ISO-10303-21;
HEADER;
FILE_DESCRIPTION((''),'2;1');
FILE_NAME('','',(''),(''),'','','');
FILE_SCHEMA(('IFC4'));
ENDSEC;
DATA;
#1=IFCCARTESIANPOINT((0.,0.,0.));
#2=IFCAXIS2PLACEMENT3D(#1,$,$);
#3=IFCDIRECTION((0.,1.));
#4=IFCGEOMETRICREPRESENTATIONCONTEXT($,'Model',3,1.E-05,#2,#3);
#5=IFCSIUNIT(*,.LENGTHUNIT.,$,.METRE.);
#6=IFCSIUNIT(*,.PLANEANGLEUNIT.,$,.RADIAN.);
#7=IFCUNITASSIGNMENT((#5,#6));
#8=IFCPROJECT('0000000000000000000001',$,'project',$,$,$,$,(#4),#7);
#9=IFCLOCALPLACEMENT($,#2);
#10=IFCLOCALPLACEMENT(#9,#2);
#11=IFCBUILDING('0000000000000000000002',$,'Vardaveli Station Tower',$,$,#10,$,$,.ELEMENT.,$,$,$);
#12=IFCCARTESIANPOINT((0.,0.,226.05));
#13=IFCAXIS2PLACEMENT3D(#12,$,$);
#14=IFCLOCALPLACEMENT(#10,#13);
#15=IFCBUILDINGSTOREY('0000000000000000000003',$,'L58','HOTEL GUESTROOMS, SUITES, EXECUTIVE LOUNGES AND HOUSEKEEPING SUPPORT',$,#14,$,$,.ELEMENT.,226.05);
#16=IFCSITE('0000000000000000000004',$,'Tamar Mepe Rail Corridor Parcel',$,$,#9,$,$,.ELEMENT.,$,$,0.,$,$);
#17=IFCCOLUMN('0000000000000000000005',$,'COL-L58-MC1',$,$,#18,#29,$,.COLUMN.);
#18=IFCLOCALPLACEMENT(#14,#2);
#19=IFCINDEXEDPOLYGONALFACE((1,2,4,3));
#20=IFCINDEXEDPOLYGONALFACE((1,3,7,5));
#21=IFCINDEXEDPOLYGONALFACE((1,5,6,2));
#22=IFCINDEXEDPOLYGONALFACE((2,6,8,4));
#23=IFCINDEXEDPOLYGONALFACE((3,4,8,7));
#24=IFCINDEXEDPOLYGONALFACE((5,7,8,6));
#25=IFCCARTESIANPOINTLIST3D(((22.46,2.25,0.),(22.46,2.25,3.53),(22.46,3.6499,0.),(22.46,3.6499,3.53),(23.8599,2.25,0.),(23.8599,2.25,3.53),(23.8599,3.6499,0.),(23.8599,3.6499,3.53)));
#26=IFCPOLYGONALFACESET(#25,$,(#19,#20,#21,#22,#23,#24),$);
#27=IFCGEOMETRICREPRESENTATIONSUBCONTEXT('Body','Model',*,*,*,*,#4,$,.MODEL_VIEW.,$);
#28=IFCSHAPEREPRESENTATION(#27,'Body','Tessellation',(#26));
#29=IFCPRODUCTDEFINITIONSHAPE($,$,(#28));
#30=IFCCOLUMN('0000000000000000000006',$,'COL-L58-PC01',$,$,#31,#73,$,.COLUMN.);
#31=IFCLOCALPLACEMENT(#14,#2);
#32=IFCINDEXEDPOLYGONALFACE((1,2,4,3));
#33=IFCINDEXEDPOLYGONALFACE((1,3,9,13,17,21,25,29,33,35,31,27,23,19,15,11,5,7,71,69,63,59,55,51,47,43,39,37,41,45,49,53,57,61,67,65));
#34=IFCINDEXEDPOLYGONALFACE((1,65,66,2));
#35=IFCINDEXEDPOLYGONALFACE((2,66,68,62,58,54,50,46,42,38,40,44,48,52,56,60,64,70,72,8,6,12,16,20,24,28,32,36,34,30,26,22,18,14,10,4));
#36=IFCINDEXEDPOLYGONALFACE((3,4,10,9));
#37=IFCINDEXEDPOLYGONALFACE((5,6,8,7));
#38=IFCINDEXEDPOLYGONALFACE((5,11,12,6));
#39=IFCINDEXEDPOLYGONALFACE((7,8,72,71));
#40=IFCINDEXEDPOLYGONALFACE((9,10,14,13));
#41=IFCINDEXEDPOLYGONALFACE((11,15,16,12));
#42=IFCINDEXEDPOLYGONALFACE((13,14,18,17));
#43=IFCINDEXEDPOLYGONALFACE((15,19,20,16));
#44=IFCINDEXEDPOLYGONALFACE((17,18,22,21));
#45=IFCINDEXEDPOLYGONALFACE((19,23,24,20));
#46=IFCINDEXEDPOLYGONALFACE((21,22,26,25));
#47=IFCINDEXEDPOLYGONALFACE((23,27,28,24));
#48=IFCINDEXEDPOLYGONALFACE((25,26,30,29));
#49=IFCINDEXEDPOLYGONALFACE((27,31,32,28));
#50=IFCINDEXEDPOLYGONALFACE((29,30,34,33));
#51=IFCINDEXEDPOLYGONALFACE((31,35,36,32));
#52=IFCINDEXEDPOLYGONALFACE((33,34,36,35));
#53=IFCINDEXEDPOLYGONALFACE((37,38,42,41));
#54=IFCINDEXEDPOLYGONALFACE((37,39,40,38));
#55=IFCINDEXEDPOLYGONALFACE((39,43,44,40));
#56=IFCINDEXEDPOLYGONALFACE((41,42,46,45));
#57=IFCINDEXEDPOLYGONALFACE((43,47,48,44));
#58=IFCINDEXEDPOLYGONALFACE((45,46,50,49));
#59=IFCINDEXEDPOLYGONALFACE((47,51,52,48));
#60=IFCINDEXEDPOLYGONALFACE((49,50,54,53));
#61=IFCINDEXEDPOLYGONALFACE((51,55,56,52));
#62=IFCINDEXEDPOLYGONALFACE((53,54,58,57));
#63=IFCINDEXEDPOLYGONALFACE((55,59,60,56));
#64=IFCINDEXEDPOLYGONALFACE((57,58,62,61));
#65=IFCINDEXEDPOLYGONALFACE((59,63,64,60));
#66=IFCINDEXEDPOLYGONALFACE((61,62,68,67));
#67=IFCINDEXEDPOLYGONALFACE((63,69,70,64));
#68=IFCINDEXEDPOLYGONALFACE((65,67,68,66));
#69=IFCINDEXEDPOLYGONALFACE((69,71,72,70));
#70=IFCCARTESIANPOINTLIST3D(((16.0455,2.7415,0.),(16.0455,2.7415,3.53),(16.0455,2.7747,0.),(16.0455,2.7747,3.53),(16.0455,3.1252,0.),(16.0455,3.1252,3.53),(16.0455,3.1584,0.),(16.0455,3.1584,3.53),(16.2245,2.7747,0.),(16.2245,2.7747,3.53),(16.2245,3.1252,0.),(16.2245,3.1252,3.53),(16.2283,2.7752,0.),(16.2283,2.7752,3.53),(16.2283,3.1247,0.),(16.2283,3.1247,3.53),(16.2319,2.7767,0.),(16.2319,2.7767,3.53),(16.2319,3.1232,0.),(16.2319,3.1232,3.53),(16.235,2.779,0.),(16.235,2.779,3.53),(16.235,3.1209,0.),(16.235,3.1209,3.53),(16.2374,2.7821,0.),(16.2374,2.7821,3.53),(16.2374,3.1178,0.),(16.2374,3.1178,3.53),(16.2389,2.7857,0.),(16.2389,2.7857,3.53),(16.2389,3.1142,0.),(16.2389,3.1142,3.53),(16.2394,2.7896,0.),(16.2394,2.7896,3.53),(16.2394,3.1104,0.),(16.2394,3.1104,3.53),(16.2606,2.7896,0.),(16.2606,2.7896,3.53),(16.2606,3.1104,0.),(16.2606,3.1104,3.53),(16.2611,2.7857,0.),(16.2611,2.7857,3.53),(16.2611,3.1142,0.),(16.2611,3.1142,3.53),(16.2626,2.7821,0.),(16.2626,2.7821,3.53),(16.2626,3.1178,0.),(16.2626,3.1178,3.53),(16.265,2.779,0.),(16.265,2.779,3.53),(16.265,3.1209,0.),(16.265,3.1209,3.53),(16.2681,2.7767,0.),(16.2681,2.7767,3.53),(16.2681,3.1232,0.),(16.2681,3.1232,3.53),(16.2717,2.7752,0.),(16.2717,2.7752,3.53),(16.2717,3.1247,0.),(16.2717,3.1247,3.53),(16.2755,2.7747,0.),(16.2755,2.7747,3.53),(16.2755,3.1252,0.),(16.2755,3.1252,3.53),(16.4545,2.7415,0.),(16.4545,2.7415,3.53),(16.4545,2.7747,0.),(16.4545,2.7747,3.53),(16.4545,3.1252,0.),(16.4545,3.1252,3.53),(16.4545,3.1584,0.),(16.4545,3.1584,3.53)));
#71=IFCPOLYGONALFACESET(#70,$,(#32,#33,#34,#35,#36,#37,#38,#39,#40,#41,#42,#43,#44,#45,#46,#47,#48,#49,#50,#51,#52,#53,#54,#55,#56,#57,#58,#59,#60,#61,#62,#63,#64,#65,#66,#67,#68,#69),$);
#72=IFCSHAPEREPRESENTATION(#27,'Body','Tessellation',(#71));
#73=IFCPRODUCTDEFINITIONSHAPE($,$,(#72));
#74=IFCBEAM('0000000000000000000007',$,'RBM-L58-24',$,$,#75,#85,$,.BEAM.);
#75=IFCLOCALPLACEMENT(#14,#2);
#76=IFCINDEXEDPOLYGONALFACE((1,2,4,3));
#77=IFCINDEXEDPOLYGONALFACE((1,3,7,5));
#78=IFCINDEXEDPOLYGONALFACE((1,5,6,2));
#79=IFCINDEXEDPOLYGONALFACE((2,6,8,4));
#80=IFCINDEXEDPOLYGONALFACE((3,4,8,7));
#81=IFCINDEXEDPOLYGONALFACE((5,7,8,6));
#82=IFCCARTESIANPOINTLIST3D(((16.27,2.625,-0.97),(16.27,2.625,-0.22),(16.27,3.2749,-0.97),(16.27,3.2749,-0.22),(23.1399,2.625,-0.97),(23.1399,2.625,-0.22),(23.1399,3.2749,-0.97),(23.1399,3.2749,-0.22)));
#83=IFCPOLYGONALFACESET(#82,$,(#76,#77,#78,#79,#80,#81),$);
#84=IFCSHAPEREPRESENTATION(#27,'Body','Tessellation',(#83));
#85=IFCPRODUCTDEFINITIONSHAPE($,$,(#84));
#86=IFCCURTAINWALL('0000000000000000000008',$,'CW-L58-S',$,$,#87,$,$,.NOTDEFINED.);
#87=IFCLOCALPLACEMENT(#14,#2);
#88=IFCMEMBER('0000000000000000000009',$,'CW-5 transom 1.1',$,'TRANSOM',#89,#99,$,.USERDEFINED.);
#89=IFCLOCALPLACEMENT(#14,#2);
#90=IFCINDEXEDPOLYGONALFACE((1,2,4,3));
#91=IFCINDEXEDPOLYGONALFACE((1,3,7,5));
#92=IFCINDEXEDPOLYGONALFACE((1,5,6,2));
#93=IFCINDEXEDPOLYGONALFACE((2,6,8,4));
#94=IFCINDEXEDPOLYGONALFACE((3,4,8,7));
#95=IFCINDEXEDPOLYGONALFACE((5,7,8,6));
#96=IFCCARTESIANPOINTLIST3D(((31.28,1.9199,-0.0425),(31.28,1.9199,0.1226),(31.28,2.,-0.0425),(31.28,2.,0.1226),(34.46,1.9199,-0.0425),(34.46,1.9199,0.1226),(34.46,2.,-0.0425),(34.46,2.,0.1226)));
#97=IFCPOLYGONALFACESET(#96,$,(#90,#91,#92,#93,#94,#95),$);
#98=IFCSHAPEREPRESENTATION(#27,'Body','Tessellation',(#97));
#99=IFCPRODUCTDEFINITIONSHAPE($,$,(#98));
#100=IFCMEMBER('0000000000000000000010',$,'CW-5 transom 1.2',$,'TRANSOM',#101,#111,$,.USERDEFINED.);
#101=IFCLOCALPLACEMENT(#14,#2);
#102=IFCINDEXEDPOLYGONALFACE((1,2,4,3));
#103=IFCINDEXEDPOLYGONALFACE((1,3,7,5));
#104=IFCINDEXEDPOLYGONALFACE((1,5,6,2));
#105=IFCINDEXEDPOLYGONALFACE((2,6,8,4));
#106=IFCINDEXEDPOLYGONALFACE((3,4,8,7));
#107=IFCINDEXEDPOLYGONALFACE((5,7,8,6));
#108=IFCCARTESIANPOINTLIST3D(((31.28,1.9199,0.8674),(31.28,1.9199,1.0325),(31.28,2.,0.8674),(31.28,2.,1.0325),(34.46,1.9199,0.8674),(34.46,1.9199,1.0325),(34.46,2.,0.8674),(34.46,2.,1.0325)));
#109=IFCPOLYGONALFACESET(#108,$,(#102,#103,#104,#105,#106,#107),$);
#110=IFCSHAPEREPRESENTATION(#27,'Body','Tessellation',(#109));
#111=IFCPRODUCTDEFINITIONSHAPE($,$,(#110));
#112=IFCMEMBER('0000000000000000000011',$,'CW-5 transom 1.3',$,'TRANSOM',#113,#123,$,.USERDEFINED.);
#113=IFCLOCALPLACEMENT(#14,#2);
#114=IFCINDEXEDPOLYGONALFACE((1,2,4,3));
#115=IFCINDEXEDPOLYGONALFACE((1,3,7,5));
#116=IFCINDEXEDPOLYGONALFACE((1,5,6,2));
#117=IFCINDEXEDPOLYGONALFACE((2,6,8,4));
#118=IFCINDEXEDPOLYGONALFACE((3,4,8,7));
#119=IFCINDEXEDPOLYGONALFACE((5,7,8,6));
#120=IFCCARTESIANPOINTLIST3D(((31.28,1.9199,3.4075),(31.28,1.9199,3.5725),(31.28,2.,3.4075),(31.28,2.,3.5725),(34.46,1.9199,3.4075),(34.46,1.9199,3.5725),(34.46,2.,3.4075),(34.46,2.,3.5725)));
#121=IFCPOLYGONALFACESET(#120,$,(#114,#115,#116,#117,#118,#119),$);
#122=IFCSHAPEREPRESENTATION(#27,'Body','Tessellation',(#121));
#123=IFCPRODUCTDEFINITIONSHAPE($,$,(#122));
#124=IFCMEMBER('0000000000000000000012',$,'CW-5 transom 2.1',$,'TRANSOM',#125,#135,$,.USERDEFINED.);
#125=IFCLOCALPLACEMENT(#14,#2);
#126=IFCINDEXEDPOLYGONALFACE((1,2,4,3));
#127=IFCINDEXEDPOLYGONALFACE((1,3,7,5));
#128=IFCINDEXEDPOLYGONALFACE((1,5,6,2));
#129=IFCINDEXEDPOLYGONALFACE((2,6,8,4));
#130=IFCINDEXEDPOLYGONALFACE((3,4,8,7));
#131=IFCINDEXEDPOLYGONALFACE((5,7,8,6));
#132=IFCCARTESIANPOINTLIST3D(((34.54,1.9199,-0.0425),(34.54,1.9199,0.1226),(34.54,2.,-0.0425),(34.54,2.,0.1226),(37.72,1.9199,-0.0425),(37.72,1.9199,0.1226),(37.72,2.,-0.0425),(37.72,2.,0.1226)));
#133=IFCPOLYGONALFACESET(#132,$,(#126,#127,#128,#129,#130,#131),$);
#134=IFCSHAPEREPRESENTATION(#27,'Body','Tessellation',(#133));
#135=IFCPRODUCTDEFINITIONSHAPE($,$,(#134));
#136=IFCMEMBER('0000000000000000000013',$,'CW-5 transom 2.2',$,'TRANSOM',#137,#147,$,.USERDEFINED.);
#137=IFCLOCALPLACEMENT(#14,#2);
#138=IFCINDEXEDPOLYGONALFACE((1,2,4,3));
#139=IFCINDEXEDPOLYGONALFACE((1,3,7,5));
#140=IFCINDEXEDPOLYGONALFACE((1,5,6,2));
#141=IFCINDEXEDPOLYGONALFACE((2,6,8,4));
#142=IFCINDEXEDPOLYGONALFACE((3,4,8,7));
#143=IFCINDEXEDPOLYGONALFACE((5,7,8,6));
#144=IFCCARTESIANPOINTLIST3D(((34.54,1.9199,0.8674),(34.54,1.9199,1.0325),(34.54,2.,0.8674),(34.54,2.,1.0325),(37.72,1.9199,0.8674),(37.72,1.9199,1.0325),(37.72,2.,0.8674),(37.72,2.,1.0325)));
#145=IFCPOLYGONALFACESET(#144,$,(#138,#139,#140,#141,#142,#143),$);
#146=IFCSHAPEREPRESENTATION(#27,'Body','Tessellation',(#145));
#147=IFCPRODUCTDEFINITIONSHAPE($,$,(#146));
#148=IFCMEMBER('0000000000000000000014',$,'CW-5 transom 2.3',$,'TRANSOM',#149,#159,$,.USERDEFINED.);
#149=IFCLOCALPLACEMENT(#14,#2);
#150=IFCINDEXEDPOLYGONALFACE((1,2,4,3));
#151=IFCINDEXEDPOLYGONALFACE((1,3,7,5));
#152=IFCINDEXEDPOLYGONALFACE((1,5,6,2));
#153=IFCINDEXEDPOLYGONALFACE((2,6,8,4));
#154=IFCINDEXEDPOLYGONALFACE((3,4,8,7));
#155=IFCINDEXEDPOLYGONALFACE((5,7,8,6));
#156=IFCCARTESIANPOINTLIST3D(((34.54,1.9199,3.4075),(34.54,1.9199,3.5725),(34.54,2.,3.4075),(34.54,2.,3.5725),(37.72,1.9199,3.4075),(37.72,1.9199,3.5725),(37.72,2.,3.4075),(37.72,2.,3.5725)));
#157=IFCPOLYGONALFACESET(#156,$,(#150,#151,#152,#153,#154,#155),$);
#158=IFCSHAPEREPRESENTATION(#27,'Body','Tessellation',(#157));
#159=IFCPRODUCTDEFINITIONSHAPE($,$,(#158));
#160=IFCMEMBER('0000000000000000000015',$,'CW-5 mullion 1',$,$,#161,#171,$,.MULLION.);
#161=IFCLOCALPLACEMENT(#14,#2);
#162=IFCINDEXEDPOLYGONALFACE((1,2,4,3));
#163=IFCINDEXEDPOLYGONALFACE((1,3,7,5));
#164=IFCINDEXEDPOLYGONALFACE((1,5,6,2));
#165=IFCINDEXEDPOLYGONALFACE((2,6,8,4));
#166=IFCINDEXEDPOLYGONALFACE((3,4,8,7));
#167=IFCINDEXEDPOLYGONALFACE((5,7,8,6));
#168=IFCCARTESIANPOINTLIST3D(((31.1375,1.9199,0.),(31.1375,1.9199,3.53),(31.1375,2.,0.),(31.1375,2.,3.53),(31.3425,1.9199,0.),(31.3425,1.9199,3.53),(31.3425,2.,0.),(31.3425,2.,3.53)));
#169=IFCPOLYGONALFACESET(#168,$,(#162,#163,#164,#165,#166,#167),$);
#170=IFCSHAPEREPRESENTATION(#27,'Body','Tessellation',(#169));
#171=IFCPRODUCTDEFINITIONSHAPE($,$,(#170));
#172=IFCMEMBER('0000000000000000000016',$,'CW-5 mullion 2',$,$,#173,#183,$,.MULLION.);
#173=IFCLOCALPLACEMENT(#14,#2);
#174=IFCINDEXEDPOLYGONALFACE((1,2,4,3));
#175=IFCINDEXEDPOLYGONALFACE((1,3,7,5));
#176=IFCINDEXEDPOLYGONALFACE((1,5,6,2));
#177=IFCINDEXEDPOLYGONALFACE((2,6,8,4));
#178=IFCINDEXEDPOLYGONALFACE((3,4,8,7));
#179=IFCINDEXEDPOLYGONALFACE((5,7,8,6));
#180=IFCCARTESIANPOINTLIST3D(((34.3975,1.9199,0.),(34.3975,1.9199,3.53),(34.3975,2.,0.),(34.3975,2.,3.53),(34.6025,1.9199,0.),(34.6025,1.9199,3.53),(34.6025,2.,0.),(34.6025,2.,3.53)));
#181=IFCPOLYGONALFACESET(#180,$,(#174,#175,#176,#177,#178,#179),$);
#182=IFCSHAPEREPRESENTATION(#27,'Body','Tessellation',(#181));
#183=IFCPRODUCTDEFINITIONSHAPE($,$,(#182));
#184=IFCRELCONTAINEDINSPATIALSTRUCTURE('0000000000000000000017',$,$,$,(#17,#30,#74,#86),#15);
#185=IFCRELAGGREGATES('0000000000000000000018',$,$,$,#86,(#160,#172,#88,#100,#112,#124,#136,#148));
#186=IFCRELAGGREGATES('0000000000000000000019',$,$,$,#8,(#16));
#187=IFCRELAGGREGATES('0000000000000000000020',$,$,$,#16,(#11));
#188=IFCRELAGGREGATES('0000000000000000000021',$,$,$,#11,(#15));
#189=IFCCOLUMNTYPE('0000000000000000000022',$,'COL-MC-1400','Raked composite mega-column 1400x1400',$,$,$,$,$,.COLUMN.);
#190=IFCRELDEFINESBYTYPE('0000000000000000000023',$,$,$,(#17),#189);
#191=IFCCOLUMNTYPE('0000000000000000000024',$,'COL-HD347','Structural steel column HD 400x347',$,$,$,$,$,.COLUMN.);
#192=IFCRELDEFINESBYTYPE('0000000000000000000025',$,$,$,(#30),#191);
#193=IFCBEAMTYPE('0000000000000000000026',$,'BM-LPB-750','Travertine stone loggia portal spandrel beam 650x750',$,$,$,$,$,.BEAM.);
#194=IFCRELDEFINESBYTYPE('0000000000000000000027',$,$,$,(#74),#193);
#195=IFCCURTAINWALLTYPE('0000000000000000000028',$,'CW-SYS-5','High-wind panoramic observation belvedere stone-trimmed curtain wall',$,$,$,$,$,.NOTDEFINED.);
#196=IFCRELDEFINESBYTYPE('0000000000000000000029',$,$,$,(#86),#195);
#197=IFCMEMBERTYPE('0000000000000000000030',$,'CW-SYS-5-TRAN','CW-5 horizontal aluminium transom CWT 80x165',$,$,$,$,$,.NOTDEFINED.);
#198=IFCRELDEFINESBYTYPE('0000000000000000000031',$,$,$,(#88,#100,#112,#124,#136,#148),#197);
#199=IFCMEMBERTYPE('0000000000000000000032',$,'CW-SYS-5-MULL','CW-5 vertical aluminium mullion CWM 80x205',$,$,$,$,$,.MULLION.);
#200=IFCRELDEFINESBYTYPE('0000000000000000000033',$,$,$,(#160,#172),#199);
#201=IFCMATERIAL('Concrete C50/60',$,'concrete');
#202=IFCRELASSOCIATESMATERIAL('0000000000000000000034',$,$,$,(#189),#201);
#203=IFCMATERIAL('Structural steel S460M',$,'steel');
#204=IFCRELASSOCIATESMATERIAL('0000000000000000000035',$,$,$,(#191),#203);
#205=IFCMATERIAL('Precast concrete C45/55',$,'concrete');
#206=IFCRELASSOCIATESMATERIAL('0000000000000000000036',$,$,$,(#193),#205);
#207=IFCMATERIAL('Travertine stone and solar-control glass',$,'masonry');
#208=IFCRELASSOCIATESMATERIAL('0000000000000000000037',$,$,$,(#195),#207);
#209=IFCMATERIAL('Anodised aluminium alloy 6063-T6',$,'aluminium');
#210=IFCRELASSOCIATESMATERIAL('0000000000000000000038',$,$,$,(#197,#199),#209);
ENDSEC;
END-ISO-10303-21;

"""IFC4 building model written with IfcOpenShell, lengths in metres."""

from ifc_helpers import new_model, si_unit, direction, frame, origin, origin_2d, place, context, subcontext, project, spatial, rectangle, i_section, extrude, source, transform, mapped, material, material_profile, profile_set, type_object, element, aggregate, save


model = new_model("IFC4")

# Units and contexts
model_context = context("Model", 3, precision=1e-05, world=origin(), true_north=direction((0.0, 1.0)))
body_context = subcontext(model_context, "Body", "Model", "MODEL_VIEW")
ifc_project = project(units=[si_unit("LENGTHUNIT", "METRE"), si_unit("PLANEANGLEUNIT", "RADIAN")], contexts=[model_context])

# Site, building, storey
site_placement = place(None, origin())
site = spatial("IfcSite", under=ifc_project, at=site_placement, Name="Tamar Mepe Rail Corridor Parcel", CompositionType="ELEMENT", RefElevation=0.0)
building_placement = place(site_placement, origin())
building = spatial("IfcBuilding", under=site, at=building_placement, Name="Vardaveli Station Tower", CompositionType="ELEMENT")
storey_placement = place(building_placement, frame((0.0, 0.0, 226.05)))
storey = spatial("IfcBuildingStorey", under=building, at=storey_placement, Name="L58", Description="HOTEL GUESTROOMS, SUITES, EXECUTIVE LOUNGES AND HOUSEKEEPING SUPPORT", CompositionType="ELEMENT", Elevation=226.05)

# Columns
ifc_material_1 = material(Name="Concrete C50/60", Category="concrete")
ifc_material_profile_1 = material_profile(ifc_material_1, rectangle(XDim=1.3999, YDim=1.3999, at=origin_2d()), Name="MC 1400x1400")
ifc_profile_set_1 = profile_set([ifc_material_profile_1], Name="Concrete C50/60")
column_type_1 = type_object("IfcColumnType", Name="COL-MC-1400", Description="Raked composite mega-column 1400x1400", PredefinedType="COLUMN", material=ifc_profile_set_1)
shared_shape_1 = source(origin(), body_context, "Body", "SweptSolid", [
    extrude(rectangle(XDim=1.3999, YDim=1.3999, at=origin_2d()), origin(), (0.0, 0.0, 1.0), 3.53),
])
column_1_placement = place(storey_placement, frame((23.1599, 2.95, 0.0), z_axis=(0.0, 0.0, 1.0), x_axis=(1.0, 0.0, 0.0)))
element("IfcColumn", 1, at=column_1_placement, inside=storey, type_object=column_type_1, Name="COL-L58-MC1", PredefinedType="COLUMN", context=body_context, shape_type="MappedRepresentation", body=[
    mapped(shared_shape_1, transform((0.0, 0.0, 0.0), scale=1.0)),
])
ifc_material_2 = material(Name="Structural steel S460M", Category="steel")
ifc_material_profile_2 = material_profile(ifc_material_2, i_section(OverallWidth=0.4089, OverallDepth=0.417, WebThickness=0.0212, FlangeThickness=0.0332, FilletRadius=0.0149, at=origin_2d()), Name="HD 400x347")
ifc_profile_set_2 = profile_set([ifc_material_profile_2], Name="Structural steel S460M")
column_type_2 = type_object("IfcColumnType", Name="COL-HD347", Description="Structural steel column HD 400x347", PredefinedType="COLUMN", material=ifc_profile_set_2)
shared_shape_2 = source(origin(), body_context, "Body", "SweptSolid", [
    extrude(i_section(OverallWidth=0.4089, OverallDepth=0.417, WebThickness=0.0212, FlangeThickness=0.0332, FilletRadius=0.0149, at=origin_2d()), origin(), (0.0, 0.0, 1.0), 3.53),
])
column_2_placement = place(storey_placement, frame((16.25, 2.95, 0.0), z_axis=(0.0, 0.0, 1.0), x_axis=(1.0, 0.0, 0.0)))
element("IfcColumn", 2, at=column_2_placement, inside=storey, type_object=column_type_2, Name="COL-L58-PC01", PredefinedType="COLUMN", context=body_context, shape_type="MappedRepresentation", body=[
    mapped(shared_shape_2, transform((0.0, 0.0, 0.0), scale=1.0)),
])

# Beam
ifc_material_3 = material(Name="Precast concrete C45/55", Category="concrete")
ifc_material_profile_3 = material_profile(ifc_material_3, rectangle(XDim=0.6499, YDim=0.75, at=origin_2d()), Name="LPB 650x750")
ifc_profile_set_3 = profile_set([ifc_material_profile_3], Name="Precast concrete C45/55")
beam_type = type_object("IfcBeamType", Name="BM-LPB-750", Description="Travertine stone loggia portal spandrel beam 650x750", PredefinedType="BEAM", material=ifc_profile_set_3)
shared_shape_3 = source(origin(), body_context, "Body", "SweptSolid", [
    extrude(rectangle(XDim=0.6499, YDim=0.75, at=origin_2d()), origin(), (0.0, 0.0, 1.0), 6.8699),
])
beam_placement = place(storey_placement, frame((16.27, 2.95, -0.595), z_axis=(1.0, 0.0, 0.0), x_axis=(0.0, 1.0, 0.0)))
element("IfcBeam", 3, at=beam_placement, inside=storey, type_object=beam_type, Name="RBM-L58-24", PredefinedType="BEAM", context=body_context, shape_type="MappedRepresentation", body=[
    mapped(shared_shape_3, transform((0.0, 0.0, 0.0), scale=1.0)),
])

# Curtain wall, members
ifc_material_4 = material(Name="Travertine stone and solar-control glass", Category="masonry")
curtain_wall_type = type_object("IfcCurtainWallType", Name="CW-SYS-5", Description="High-wind panoramic observation belvedere stone-trimmed curtain wall", PredefinedType="NOTDEFINED", material=ifc_material_4)
curtain_wall_placement = place(storey_placement, origin())
curtain_wall = element("IfcCurtainWall", 4, at=curtain_wall_placement, inside=storey, type_object=curtain_wall_type, Name="CW-L58-S", PredefinedType="NOTDEFINED")
ifc_material_5 = material(Name="Anodised aluminium alloy 6063-T6", Category="aluminium")
ifc_material_profile_4 = material_profile(ifc_material_5, rectangle(XDim=0.0801, YDim=0.165, at=origin_2d()), Name="CWT 80x165")
ifc_profile_set_4 = profile_set([ifc_material_profile_4], Name="Anodised aluminium alloy 6063-T6")
member_type_1 = type_object("IfcMemberType", Name="CW-SYS-5-TRAN", Description="CW-5 horizontal aluminium transom CWT 80x165", PredefinedType="NOTDEFINED", material=ifc_profile_set_4)
shared_shape_4 = source(origin(), body_context, "Body", "SweptSolid", [
    extrude(rectangle(XDim=0.0801, YDim=0.165, at=origin_2d()), origin(), (0.0, 0.0, 1.0), 3.1799),
])
member_1_placement = place(storey_placement, frame((31.28, 1.96, 0.04), z_axis=(1.0, 0.0, 0.0), x_axis=(0.0, 1.0, 0.0)))
member_1 = element("IfcMember", 5, at=member_1_placement, type_object=member_type_1, Name="CW-5 transom 1.1", ObjectType="TRANSOM", PredefinedType="USERDEFINED", context=body_context, shape_type="MappedRepresentation", body=[
    mapped(shared_shape_4, transform((0.0, 0.0, 0.0), scale=1.0)),
])
member_2_placement = place(storey_placement, frame((31.28, 1.96, 0.95), z_axis=(1.0, 0.0, 0.0), x_axis=(0.0, 1.0, 0.0)))
member_2 = element("IfcMember", 6, at=member_2_placement, type_object=member_type_1, Name="CW-5 transom 1.2", ObjectType="TRANSOM", PredefinedType="USERDEFINED", context=body_context, shape_type="MappedRepresentation", body=[
    mapped(shared_shape_4, transform((0.0, 0.0, 0.0), scale=1.0)),
])
member_3_placement = place(storey_placement, frame((31.28, 1.96, 3.49), z_axis=(1.0, 0.0, 0.0), x_axis=(0.0, 1.0, 0.0)))
member_3 = element("IfcMember", 7, at=member_3_placement, type_object=member_type_1, Name="CW-5 transom 1.3", ObjectType="TRANSOM", PredefinedType="USERDEFINED", context=body_context, shape_type="MappedRepresentation", body=[
    mapped(shared_shape_4, transform((0.0, 0.0, 0.0), scale=1.0)),
])
member_4_placement = place(storey_placement, frame((34.54, 1.96, 0.04), z_axis=(1.0, 0.0, 0.0), x_axis=(0.0, 1.0, 0.0)))
member_4 = element("IfcMember", 8, at=member_4_placement, type_object=member_type_1, Name="CW-5 transom 2.1", ObjectType="TRANSOM", PredefinedType="USERDEFINED", context=body_context, shape_type="MappedRepresentation", body=[
    mapped(shared_shape_4, transform((0.0, 0.0, 0.0), scale=1.0)),
])
member_5_placement = place(storey_placement, frame((34.54, 1.96, 0.95), z_axis=(1.0, 0.0, 0.0), x_axis=(0.0, 1.0, 0.0)))
member_5 = element("IfcMember", 9, at=member_5_placement, type_object=member_type_1, Name="CW-5 transom 2.2", ObjectType="TRANSOM", PredefinedType="USERDEFINED", context=body_context, shape_type="MappedRepresentation", body=[
    mapped(shared_shape_4, transform((0.0, 0.0, 0.0), scale=1.0)),
])
member_6_placement = place(storey_placement, frame((34.54, 1.96, 3.49), z_axis=(1.0, 0.0, 0.0), x_axis=(0.0, 1.0, 0.0)))
member_6 = element("IfcMember", 10, at=member_6_placement, type_object=member_type_1, Name="CW-5 transom 2.3", ObjectType="TRANSOM", PredefinedType="USERDEFINED", context=body_context, shape_type="MappedRepresentation", body=[
    mapped(shared_shape_4, transform((0.0, 0.0, 0.0), scale=1.0)),
])
ifc_material_profile_5 = material_profile(ifc_material_5, rectangle(XDim=0.0801, YDim=0.2051, at=origin_2d()), Name="CWM 80x205")
ifc_profile_set_5 = profile_set([ifc_material_profile_5], Name="Anodised aluminium alloy 6063-T6")
member_type_2 = type_object("IfcMemberType", Name="CW-SYS-5-MULL", Description="CW-5 vertical aluminium mullion CWM 80x205", PredefinedType="MULLION", material=ifc_profile_set_5)
shared_shape_5 = source(origin(), body_context, "Body", "SweptSolid", [
    extrude(rectangle(XDim=0.0801, YDim=0.2051, at=origin_2d()), origin(), (0.0, 0.0, 1.0), 3.53),
])
member_7_placement = place(storey_placement, frame((31.24, 1.96, 0.0), z_axis=(0.0, 0.0, 1.0), x_axis=(0.0, 1.0, 0.0)))
member_7 = element("IfcMember", 11, at=member_7_placement, type_object=member_type_2, Name="CW-5 mullion 1", PredefinedType="MULLION", context=body_context, shape_type="MappedRepresentation", body=[
    mapped(shared_shape_5, transform((0.0, 0.0, 0.0), scale=1.0)),
])
member_8_placement = place(storey_placement, frame((34.5, 1.96, 0.0), z_axis=(0.0, 0.0, 1.0), x_axis=(0.0, 1.0, 0.0)))
member_8 = element("IfcMember", 12, at=member_8_placement, type_object=member_type_2, Name="CW-5 mullion 2", PredefinedType="MULLION", context=body_context, shape_type="MappedRepresentation", body=[
    mapped(shared_shape_5, transform((0.0, 0.0, 0.0), scale=1.0)),
])

aggregate(curtain_wall, [member_7, member_8, member_1, member_2, member_3, member_4, member_5, member_6])

save(model, "model.ifc")
